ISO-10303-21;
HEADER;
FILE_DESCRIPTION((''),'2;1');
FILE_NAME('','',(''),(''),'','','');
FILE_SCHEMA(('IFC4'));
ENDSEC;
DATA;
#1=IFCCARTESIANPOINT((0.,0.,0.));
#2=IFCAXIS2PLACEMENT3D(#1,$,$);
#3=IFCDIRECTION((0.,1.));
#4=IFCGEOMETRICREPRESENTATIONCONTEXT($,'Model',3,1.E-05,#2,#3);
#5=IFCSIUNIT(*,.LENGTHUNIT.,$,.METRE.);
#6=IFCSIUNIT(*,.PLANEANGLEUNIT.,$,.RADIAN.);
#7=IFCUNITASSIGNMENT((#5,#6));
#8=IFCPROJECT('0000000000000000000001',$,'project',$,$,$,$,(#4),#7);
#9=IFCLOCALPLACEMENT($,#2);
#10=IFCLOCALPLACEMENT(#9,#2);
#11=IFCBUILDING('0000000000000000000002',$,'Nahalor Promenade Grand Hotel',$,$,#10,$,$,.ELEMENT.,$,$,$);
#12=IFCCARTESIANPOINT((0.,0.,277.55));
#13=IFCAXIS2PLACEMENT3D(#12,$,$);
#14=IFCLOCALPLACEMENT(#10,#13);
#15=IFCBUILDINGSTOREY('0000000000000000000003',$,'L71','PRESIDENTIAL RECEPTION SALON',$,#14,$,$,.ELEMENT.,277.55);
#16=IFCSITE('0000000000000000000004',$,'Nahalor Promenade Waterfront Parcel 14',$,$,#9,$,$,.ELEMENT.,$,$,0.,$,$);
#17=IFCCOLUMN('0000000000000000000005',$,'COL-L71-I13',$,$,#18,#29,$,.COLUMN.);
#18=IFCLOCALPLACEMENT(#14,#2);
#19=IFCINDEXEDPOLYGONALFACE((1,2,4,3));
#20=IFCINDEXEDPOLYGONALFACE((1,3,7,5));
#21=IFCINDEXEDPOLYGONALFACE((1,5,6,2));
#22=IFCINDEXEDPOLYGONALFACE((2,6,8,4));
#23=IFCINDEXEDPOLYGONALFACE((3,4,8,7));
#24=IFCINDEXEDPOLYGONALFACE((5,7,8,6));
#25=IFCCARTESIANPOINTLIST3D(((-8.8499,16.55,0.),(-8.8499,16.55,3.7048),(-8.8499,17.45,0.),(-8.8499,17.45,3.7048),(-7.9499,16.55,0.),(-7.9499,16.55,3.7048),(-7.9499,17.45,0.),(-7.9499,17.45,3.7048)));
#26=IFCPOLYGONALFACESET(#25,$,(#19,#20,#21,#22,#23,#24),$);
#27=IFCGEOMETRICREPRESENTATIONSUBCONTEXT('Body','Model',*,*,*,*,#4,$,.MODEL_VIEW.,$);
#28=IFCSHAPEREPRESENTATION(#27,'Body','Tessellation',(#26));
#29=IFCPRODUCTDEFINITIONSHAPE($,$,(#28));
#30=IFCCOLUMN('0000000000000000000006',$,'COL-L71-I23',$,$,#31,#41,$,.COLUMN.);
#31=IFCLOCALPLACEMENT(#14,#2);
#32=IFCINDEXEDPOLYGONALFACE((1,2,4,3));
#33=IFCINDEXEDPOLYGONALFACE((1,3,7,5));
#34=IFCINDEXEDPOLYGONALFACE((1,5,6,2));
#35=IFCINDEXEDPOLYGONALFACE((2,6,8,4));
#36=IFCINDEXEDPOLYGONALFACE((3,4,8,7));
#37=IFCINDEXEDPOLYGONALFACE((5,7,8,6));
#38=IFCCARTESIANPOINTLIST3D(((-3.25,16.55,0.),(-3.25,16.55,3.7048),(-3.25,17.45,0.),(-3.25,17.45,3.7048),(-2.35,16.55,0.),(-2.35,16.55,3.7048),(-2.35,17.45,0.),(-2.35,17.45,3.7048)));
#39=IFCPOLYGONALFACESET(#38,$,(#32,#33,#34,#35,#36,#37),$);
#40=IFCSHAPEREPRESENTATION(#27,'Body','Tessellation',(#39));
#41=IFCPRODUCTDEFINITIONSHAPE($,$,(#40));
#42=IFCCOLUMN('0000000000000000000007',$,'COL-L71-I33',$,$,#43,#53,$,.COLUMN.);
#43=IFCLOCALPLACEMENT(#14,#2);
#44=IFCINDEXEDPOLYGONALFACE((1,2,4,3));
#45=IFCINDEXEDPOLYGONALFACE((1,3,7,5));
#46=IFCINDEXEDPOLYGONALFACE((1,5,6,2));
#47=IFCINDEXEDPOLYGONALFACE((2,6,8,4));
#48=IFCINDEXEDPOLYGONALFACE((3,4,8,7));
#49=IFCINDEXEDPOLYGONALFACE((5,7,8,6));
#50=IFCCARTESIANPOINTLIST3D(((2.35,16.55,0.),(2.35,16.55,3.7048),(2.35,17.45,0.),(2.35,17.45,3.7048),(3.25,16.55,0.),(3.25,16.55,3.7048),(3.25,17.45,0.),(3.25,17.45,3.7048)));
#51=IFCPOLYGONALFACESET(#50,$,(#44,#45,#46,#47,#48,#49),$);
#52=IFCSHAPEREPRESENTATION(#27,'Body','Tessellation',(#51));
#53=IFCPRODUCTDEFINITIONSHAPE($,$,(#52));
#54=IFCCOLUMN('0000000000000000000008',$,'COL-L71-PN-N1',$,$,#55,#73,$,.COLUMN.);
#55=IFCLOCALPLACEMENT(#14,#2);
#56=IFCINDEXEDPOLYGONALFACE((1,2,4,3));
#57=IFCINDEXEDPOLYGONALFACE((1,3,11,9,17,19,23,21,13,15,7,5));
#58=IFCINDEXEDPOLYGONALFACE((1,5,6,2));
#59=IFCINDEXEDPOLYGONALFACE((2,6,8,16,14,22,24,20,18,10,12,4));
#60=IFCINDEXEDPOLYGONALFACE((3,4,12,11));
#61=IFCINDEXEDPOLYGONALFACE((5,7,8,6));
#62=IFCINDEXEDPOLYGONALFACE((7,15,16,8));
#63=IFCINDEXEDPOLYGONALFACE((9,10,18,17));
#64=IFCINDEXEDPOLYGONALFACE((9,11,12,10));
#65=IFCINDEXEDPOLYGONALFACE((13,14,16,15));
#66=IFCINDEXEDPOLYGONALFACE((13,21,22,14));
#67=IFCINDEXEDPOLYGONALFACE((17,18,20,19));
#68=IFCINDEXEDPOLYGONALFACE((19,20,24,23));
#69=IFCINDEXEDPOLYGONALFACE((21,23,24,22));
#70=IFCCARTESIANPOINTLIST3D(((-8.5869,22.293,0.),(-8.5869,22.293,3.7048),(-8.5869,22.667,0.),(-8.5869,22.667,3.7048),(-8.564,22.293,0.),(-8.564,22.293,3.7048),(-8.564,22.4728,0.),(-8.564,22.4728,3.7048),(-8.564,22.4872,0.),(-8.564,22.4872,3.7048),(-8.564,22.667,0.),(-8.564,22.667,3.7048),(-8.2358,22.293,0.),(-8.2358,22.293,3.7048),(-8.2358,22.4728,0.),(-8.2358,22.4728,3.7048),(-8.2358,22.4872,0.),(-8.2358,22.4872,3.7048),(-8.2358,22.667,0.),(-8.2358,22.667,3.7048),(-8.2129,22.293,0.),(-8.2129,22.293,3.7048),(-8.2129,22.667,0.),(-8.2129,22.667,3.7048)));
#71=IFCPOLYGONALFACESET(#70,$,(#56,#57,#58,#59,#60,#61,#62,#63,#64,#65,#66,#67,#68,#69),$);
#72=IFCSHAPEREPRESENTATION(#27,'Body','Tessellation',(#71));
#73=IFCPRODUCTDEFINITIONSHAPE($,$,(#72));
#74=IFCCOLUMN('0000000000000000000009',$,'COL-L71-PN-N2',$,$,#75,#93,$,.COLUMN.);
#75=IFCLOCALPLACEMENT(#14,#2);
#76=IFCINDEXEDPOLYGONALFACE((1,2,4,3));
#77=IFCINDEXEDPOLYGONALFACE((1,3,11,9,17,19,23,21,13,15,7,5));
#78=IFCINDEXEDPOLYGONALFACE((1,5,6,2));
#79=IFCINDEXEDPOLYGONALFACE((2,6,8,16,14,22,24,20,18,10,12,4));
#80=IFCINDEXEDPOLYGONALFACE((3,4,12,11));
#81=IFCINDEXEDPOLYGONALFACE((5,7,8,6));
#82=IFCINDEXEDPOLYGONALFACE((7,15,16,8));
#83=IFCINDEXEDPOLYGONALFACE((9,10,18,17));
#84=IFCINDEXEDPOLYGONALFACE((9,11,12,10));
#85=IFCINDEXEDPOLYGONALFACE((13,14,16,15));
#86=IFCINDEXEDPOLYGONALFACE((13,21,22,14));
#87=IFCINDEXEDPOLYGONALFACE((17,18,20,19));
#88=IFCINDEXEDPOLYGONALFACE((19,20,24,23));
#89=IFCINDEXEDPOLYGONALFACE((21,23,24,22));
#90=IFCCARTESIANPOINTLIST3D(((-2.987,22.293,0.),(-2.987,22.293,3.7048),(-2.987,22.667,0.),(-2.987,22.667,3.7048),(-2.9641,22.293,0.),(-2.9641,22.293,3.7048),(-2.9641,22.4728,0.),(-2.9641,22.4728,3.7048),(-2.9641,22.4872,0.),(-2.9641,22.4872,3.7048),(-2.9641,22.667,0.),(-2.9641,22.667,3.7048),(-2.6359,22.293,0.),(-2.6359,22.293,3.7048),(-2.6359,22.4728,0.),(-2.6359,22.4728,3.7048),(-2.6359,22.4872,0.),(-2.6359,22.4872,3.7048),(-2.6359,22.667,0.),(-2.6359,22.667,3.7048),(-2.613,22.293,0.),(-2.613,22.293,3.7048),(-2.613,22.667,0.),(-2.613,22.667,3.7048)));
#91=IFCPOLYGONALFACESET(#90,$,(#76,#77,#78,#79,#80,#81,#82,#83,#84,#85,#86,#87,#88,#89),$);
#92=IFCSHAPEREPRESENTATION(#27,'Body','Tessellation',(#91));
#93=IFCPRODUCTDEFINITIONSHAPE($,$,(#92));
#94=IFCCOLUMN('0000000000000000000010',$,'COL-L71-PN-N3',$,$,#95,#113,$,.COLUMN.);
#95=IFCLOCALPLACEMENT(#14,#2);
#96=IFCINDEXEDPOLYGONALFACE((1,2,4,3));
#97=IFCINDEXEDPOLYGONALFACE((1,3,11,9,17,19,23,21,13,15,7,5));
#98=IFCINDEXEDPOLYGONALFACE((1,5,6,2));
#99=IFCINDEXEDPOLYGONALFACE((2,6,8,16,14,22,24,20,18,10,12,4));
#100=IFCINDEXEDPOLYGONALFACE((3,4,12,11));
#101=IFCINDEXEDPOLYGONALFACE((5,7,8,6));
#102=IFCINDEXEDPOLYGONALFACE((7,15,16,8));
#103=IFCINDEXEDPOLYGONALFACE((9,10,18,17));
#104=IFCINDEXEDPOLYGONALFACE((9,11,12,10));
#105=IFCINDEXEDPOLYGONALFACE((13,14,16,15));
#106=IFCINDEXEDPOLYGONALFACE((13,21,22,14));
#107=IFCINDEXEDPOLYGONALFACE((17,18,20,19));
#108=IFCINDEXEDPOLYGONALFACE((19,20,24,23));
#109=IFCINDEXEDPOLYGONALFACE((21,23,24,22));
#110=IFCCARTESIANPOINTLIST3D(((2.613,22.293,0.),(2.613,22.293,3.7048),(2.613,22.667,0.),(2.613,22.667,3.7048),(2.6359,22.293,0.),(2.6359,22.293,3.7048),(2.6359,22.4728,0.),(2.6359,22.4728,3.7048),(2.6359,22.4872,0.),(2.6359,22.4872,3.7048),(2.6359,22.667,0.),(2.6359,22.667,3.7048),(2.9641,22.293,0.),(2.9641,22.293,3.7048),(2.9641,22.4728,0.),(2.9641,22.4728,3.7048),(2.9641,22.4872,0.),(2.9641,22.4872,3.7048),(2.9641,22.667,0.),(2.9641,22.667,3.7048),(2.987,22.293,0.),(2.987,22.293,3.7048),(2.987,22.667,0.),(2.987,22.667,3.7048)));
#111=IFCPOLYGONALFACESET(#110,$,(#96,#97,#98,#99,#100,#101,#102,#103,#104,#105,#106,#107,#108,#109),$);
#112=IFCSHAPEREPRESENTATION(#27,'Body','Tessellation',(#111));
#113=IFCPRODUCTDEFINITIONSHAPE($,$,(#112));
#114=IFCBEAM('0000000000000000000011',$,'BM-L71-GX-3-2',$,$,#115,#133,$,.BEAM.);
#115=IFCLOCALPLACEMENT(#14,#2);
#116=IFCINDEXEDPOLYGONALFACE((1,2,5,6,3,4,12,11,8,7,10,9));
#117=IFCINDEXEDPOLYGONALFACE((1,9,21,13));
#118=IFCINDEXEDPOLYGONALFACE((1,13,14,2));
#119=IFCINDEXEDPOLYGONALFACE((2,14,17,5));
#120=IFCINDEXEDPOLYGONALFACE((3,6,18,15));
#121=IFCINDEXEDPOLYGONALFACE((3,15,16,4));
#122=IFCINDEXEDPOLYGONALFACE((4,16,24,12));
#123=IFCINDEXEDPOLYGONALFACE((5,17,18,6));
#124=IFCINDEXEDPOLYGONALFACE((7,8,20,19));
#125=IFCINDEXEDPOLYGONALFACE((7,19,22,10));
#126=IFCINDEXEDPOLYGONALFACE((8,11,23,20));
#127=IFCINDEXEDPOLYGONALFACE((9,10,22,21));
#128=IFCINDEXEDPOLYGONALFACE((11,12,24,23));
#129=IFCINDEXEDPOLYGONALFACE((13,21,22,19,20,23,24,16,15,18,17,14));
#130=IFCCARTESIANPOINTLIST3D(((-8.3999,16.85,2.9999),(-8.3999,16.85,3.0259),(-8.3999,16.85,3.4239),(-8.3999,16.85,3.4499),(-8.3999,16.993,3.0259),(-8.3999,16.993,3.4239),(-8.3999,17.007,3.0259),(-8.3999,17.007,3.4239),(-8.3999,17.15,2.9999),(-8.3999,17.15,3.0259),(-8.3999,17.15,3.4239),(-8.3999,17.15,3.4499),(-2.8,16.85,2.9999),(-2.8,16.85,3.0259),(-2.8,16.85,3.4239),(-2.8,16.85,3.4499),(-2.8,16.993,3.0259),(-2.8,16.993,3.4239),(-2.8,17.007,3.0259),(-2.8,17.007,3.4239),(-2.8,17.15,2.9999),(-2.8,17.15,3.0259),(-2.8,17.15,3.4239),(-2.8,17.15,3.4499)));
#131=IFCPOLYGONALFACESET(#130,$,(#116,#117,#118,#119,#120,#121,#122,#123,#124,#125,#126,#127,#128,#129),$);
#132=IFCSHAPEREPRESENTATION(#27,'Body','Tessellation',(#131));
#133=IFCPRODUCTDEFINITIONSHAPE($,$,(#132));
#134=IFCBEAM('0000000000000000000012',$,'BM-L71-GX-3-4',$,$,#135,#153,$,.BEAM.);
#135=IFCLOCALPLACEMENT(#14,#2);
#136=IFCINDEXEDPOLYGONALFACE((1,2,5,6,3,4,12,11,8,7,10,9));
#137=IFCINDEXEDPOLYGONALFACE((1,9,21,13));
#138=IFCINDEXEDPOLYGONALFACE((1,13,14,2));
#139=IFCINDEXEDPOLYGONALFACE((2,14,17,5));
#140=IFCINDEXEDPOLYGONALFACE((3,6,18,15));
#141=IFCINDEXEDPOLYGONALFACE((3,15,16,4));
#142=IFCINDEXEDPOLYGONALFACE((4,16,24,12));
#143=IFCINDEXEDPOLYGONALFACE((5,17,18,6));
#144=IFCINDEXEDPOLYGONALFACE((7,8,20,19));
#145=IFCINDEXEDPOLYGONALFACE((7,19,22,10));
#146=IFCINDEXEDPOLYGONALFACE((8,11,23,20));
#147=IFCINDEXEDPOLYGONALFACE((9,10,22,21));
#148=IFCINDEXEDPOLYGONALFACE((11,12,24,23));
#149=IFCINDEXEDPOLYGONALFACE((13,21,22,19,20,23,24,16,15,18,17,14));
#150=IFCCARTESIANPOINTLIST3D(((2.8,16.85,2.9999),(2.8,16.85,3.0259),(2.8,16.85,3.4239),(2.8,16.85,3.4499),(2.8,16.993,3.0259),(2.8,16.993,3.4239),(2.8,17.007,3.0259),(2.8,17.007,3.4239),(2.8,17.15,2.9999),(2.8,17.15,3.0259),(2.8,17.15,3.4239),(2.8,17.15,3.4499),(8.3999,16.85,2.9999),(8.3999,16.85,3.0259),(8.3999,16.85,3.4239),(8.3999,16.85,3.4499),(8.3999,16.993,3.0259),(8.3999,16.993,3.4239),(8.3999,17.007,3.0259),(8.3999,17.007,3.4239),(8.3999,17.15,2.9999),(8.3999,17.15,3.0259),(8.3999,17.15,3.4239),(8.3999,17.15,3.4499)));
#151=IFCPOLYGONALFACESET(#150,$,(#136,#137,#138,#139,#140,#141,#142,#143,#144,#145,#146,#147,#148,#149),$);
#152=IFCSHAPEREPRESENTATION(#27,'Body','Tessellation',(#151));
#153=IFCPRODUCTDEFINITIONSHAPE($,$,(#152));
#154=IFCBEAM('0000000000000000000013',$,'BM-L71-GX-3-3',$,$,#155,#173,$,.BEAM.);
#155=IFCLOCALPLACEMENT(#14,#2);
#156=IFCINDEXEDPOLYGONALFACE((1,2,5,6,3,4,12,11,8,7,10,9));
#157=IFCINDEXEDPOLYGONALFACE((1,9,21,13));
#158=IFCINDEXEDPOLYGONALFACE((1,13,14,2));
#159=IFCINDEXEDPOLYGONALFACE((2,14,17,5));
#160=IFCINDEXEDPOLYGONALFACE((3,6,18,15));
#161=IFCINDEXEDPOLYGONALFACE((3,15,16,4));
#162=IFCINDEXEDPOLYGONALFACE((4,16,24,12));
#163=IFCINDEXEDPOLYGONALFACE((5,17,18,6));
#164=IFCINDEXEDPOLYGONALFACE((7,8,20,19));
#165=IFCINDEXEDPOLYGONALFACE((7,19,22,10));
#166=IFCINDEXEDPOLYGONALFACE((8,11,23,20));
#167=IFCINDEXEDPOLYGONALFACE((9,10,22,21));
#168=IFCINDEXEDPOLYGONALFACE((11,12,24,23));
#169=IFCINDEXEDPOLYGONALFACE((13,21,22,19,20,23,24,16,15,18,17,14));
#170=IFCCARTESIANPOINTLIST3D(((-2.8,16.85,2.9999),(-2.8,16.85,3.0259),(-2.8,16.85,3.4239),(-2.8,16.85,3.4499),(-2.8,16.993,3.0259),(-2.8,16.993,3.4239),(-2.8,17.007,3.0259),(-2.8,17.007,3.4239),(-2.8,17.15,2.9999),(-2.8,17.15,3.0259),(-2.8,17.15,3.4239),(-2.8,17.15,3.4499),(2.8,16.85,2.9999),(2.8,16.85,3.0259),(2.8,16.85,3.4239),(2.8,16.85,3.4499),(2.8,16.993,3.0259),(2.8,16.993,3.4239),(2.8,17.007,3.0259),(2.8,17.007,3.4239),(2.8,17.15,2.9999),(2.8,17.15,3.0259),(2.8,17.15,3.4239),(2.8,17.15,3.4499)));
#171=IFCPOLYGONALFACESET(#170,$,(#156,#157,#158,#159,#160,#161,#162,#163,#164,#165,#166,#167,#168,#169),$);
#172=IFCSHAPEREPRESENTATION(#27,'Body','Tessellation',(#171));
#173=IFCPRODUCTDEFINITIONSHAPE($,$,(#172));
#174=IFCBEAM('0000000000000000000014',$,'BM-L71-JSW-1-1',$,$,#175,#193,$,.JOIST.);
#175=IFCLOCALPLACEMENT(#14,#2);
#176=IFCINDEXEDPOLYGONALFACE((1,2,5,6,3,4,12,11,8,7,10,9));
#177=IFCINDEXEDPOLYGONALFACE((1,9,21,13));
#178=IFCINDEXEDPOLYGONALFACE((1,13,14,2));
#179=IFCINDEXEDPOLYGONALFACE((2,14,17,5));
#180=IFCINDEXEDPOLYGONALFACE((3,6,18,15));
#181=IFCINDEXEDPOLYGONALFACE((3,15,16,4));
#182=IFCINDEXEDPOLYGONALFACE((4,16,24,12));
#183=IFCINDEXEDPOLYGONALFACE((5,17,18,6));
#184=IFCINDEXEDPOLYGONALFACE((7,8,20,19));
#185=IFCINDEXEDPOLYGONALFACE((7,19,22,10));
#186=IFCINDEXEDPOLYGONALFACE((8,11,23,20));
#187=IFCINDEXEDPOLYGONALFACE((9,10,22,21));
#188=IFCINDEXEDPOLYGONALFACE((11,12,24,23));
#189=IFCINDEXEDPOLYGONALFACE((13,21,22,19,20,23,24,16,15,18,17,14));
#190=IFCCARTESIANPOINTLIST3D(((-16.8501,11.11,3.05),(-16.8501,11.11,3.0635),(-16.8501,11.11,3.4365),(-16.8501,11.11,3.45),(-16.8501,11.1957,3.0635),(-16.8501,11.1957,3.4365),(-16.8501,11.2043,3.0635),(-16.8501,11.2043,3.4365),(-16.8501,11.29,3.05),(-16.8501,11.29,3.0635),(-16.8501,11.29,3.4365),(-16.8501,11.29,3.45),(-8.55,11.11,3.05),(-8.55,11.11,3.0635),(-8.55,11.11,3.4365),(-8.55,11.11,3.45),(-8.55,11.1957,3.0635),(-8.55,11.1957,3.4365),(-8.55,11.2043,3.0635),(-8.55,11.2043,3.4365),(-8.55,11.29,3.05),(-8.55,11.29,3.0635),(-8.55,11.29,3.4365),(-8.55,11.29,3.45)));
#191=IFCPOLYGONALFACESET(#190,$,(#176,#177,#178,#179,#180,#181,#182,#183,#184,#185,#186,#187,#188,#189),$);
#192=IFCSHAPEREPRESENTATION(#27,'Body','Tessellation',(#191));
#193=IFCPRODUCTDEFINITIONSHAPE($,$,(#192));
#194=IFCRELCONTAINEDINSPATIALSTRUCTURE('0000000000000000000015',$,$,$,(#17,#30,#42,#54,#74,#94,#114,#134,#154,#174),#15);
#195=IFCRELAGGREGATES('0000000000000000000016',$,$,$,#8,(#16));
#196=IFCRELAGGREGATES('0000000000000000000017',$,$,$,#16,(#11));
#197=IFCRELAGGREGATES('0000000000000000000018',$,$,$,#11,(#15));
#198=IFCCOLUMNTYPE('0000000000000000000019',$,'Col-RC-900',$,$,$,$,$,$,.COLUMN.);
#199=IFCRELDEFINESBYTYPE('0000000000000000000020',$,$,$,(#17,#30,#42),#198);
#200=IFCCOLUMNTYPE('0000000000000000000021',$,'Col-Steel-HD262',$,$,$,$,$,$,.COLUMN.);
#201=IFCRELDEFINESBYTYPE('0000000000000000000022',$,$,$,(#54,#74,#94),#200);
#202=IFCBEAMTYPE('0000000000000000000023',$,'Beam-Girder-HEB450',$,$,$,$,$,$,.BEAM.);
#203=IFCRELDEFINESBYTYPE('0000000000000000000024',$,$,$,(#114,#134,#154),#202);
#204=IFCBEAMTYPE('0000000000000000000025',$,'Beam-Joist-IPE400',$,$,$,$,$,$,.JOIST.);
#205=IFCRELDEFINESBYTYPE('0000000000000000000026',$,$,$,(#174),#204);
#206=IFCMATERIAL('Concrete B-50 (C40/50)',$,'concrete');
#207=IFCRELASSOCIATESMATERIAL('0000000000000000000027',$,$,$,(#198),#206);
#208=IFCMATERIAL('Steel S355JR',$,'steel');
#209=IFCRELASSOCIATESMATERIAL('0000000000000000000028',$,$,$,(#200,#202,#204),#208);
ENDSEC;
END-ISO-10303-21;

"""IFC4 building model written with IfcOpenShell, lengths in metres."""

from ifc_helpers import new_model, si_unit, direction, frame, origin, origin_2d, place, context, subcontext, project, spatial, rectangle, i_section, extrude, source, transform, mapped, material, material_profile, profile_set, type_object, element, save


model = new_model("IFC4")

# Units and contexts
model_context = context("Model", 3, precision=1e-05, world=origin(), true_north=direction((0.0, 1.0)))
body_context = subcontext(model_context, "Body", "Model", "MODEL_VIEW")
ifc_project = project(units=[si_unit("LENGTHUNIT", "METRE"), si_unit("PLANEANGLEUNIT", "RADIAN")], contexts=[model_context])

# Site, building, storey
site_placement = place(None, origin())
site = spatial("IfcSite", under=ifc_project, at=site_placement, Name="Nahalor Promenade Waterfront Parcel 14", CompositionType="ELEMENT", RefElevation=0.0)
building_placement = place(site_placement, origin())
building = spatial("IfcBuilding", under=site, at=building_placement, Name="Nahalor Promenade Grand Hotel", CompositionType="ELEMENT")
storey_placement = place(building_placement, frame((0.0, 0.0, 277.55)))
storey = spatial("IfcBuildingStorey", under=building, at=storey_placement, Name="L71", Description="PRESIDENTIAL RECEPTION SALON", CompositionType="ELEMENT", Elevation=277.55)

# Columns
ifc_material_1 = material(Name="Concrete B-50 (C40/50)", Category="concrete")
ifc_material_profile_1 = material_profile(ifc_material_1, rectangle(XDim=0.9, YDim=0.9, at=origin_2d()), Name="RC 900x900")
ifc_profile_set_1 = profile_set([ifc_material_profile_1], Name="Concrete B-50 (C40/50)")
column_type_1 = type_object("IfcColumnType", Name="Col-RC-900", PredefinedType="COLUMN", material=ifc_profile_set_1)
shared_shape_1 = source(origin(), body_context, "Body", "SweptSolid", [
    extrude(rectangle(XDim=0.9, YDim=0.9, at=origin_2d()), origin(), (0.0, 0.0, 1.0), 3.7048),
])
for number, where, z_axis, x_axis, name in (
    (1, (-8.3999, 17.0, 0.0), (0.0, 0.0, 1.0), (1.0, 0.0, 0.0), "COL-L71-I13"),
    (2, (-2.8, 17.0, 0.0), (0.0, 0.0, 1.0), (1.0, 0.0, 0.0), "COL-L71-I23"),
    (3, (2.8, 17.0, 0.0), (0.0, 0.0, 1.0), (1.0, 0.0, 0.0), "COL-L71-I33"),
):
    element("IfcColumn", number, at=place(storey_placement, frame(where, z_axis=z_axis, x_axis=x_axis)), inside=storey, type_object=column_type_1, Name=name, PredefinedType="COLUMN", context=body_context, shape_type="MappedRepresentation", body=[
        mapped(shared_shape_1, transform((0.0, 0.0, 0.0), scale=1.0)),
    ])
ifc_material_2 = material(Name="Steel S355JR", Category="steel")
ifc_material_profile_2 = material_profile(ifc_material_2, i_section(OverallWidth=0.374, OverallDepth=0.374, WebThickness=0.0144, FlangeThickness=0.0229, at=origin_2d()), Name="HD 360x262")
ifc_profile_set_2 = profile_set([ifc_material_profile_2], Name="Steel S355JR")
column_type_2 = type_object("IfcColumnType", Name="Col-Steel-HD262", PredefinedType="COLUMN", material=ifc_profile_set_2)
shared_shape_2 = source(origin(), body_context, "Body", "SweptSolid", [
    extrude(i_section(OverallWidth=0.374, OverallDepth=0.374, WebThickness=0.0144, FlangeThickness=0.0229, at=origin_2d()), origin(), (0.0, 0.0, 1.0), 3.7048),
])
for number, where, z_axis, x_axis, name in (
    (4, (-8.3999, 22.48, 0.0), (0.0, 0.0, 1.0), (0.0, 1.0, 0.0), "COL-L71-PN-N1"),
    (5, (-2.8, 22.48, 0.0), (0.0, 0.0, 1.0), (0.0, 1.0, 0.0), "COL-L71-PN-N2"),
    (6, (2.8, 22.48, 0.0), (0.0, 0.0, 1.0), (0.0, 1.0, 0.0), "COL-L71-PN-N3"),
):
    element("IfcColumn", number, at=place(storey_placement, frame(where, z_axis=z_axis, x_axis=x_axis)), inside=storey, type_object=column_type_2, Name=name, PredefinedType="COLUMN", context=body_context, shape_type="MappedRepresentation", body=[
        mapped(shared_shape_2, transform((0.0, 0.0, 0.0), scale=1.0)),
    ])

# Beams
ifc_material_profile_3 = material_profile(ifc_material_2, i_section(OverallWidth=0.3, OverallDepth=0.45, WebThickness=0.014, FlangeThickness=0.026, at=origin_2d()), Name="HEB 450")
ifc_profile_set_3 = profile_set([ifc_material_profile_3], Name="Steel S355JR")
beam_type_1 = type_object("IfcBeamType", Name="Beam-Girder-HEB450", PredefinedType="BEAM", material=ifc_profile_set_3)
shared_shape_3 = source(origin(), body_context, "Body", "SweptSolid", [
    extrude(i_section(OverallWidth=0.3, OverallDepth=0.45, WebThickness=0.014, FlangeThickness=0.026, at=origin_2d()), origin(), (0.0, 0.0, 1.0), 5.5999),
])
for number, where, z_axis, x_axis, name in (
    (7, (-8.3999, 17.0, 3.2249), (1.0, 0.0, 0.0), (0.0, 1.0, 0.0), "BM-L71-GX-3-2"),
    (8, (2.8, 17.0, 3.2249), (1.0, 0.0, 0.0), (0.0, 1.0, 0.0), "BM-L71-GX-3-4"),
):
    element("IfcBeam", number, at=place(storey_placement, frame(where, z_axis=z_axis, x_axis=x_axis)), inside=storey, type_object=beam_type_1, Name=name, PredefinedType="BEAM", context=body_context, shape_type="MappedRepresentation", body=[
        mapped(shared_shape_3, transform((0.0, 0.0, 0.0), scale=1.0)),
    ])
shared_shape_4 = source(origin(), body_context, "Body", "SweptSolid", [
    extrude(i_section(OverallWidth=0.3, OverallDepth=0.45, WebThickness=0.014, FlangeThickness=0.026, at=origin_2d()), origin(), (0.0, 0.0, 1.0), 5.6001),
])
beam_1_placement = place(storey_placement, frame((-2.8, 17.0, 3.2249), z_axis=(1.0, 0.0, 0.0), x_axis=(0.0, 1.0, 0.0)))
element("IfcBeam", 9, at=beam_1_placement, inside=storey, type_object=beam_type_1, Name="BM-L71-GX-3-3", PredefinedType="BEAM", context=body_context, shape_type="MappedRepresentation", body=[
    mapped(shared_shape_4, transform((0.0, 0.0, 0.0), scale=1.0)),
])
ifc_material_profile_4 = material_profile(ifc_material_2, i_section(OverallWidth=0.18, OverallDepth=0.4, WebThickness=0.0086, FlangeThickness=0.0135, at=origin_2d()), Name="IPE 400")
ifc_profile_set_4 = profile_set([ifc_material_profile_4], Name="Steel S355JR")
beam_type_2 = type_object("IfcBeamType", Name="Beam-Joist-IPE400", PredefinedType="JOIST", material=ifc_profile_set_4)
shared_shape_5 = source(origin(), body_context, "Body", "SweptSolid", [
    extrude(i_section(OverallWidth=0.18, OverallDepth=0.4, WebThickness=0.0086, FlangeThickness=0.0135, at=origin_2d()), origin(), (0.0, 0.0, 1.0), 8.3),
])
beam_2_placement = place(storey_placement, frame((-16.8501, 11.2, 3.25), z_axis=(1.0, 0.0, 0.0), x_axis=(0.0, 1.0, 0.0)))
element("IfcBeam", 10, at=beam_2_placement, inside=storey, type_object=beam_type_2, Name="BM-L71-JSW-1-1", PredefinedType="JOIST", context=body_context, shape_type="MappedRepresentation", body=[
    mapped(shared_shape_5, transform((0.0, 0.0, 0.0), scale=1.0)),
])

save(model, "model.ifc")
